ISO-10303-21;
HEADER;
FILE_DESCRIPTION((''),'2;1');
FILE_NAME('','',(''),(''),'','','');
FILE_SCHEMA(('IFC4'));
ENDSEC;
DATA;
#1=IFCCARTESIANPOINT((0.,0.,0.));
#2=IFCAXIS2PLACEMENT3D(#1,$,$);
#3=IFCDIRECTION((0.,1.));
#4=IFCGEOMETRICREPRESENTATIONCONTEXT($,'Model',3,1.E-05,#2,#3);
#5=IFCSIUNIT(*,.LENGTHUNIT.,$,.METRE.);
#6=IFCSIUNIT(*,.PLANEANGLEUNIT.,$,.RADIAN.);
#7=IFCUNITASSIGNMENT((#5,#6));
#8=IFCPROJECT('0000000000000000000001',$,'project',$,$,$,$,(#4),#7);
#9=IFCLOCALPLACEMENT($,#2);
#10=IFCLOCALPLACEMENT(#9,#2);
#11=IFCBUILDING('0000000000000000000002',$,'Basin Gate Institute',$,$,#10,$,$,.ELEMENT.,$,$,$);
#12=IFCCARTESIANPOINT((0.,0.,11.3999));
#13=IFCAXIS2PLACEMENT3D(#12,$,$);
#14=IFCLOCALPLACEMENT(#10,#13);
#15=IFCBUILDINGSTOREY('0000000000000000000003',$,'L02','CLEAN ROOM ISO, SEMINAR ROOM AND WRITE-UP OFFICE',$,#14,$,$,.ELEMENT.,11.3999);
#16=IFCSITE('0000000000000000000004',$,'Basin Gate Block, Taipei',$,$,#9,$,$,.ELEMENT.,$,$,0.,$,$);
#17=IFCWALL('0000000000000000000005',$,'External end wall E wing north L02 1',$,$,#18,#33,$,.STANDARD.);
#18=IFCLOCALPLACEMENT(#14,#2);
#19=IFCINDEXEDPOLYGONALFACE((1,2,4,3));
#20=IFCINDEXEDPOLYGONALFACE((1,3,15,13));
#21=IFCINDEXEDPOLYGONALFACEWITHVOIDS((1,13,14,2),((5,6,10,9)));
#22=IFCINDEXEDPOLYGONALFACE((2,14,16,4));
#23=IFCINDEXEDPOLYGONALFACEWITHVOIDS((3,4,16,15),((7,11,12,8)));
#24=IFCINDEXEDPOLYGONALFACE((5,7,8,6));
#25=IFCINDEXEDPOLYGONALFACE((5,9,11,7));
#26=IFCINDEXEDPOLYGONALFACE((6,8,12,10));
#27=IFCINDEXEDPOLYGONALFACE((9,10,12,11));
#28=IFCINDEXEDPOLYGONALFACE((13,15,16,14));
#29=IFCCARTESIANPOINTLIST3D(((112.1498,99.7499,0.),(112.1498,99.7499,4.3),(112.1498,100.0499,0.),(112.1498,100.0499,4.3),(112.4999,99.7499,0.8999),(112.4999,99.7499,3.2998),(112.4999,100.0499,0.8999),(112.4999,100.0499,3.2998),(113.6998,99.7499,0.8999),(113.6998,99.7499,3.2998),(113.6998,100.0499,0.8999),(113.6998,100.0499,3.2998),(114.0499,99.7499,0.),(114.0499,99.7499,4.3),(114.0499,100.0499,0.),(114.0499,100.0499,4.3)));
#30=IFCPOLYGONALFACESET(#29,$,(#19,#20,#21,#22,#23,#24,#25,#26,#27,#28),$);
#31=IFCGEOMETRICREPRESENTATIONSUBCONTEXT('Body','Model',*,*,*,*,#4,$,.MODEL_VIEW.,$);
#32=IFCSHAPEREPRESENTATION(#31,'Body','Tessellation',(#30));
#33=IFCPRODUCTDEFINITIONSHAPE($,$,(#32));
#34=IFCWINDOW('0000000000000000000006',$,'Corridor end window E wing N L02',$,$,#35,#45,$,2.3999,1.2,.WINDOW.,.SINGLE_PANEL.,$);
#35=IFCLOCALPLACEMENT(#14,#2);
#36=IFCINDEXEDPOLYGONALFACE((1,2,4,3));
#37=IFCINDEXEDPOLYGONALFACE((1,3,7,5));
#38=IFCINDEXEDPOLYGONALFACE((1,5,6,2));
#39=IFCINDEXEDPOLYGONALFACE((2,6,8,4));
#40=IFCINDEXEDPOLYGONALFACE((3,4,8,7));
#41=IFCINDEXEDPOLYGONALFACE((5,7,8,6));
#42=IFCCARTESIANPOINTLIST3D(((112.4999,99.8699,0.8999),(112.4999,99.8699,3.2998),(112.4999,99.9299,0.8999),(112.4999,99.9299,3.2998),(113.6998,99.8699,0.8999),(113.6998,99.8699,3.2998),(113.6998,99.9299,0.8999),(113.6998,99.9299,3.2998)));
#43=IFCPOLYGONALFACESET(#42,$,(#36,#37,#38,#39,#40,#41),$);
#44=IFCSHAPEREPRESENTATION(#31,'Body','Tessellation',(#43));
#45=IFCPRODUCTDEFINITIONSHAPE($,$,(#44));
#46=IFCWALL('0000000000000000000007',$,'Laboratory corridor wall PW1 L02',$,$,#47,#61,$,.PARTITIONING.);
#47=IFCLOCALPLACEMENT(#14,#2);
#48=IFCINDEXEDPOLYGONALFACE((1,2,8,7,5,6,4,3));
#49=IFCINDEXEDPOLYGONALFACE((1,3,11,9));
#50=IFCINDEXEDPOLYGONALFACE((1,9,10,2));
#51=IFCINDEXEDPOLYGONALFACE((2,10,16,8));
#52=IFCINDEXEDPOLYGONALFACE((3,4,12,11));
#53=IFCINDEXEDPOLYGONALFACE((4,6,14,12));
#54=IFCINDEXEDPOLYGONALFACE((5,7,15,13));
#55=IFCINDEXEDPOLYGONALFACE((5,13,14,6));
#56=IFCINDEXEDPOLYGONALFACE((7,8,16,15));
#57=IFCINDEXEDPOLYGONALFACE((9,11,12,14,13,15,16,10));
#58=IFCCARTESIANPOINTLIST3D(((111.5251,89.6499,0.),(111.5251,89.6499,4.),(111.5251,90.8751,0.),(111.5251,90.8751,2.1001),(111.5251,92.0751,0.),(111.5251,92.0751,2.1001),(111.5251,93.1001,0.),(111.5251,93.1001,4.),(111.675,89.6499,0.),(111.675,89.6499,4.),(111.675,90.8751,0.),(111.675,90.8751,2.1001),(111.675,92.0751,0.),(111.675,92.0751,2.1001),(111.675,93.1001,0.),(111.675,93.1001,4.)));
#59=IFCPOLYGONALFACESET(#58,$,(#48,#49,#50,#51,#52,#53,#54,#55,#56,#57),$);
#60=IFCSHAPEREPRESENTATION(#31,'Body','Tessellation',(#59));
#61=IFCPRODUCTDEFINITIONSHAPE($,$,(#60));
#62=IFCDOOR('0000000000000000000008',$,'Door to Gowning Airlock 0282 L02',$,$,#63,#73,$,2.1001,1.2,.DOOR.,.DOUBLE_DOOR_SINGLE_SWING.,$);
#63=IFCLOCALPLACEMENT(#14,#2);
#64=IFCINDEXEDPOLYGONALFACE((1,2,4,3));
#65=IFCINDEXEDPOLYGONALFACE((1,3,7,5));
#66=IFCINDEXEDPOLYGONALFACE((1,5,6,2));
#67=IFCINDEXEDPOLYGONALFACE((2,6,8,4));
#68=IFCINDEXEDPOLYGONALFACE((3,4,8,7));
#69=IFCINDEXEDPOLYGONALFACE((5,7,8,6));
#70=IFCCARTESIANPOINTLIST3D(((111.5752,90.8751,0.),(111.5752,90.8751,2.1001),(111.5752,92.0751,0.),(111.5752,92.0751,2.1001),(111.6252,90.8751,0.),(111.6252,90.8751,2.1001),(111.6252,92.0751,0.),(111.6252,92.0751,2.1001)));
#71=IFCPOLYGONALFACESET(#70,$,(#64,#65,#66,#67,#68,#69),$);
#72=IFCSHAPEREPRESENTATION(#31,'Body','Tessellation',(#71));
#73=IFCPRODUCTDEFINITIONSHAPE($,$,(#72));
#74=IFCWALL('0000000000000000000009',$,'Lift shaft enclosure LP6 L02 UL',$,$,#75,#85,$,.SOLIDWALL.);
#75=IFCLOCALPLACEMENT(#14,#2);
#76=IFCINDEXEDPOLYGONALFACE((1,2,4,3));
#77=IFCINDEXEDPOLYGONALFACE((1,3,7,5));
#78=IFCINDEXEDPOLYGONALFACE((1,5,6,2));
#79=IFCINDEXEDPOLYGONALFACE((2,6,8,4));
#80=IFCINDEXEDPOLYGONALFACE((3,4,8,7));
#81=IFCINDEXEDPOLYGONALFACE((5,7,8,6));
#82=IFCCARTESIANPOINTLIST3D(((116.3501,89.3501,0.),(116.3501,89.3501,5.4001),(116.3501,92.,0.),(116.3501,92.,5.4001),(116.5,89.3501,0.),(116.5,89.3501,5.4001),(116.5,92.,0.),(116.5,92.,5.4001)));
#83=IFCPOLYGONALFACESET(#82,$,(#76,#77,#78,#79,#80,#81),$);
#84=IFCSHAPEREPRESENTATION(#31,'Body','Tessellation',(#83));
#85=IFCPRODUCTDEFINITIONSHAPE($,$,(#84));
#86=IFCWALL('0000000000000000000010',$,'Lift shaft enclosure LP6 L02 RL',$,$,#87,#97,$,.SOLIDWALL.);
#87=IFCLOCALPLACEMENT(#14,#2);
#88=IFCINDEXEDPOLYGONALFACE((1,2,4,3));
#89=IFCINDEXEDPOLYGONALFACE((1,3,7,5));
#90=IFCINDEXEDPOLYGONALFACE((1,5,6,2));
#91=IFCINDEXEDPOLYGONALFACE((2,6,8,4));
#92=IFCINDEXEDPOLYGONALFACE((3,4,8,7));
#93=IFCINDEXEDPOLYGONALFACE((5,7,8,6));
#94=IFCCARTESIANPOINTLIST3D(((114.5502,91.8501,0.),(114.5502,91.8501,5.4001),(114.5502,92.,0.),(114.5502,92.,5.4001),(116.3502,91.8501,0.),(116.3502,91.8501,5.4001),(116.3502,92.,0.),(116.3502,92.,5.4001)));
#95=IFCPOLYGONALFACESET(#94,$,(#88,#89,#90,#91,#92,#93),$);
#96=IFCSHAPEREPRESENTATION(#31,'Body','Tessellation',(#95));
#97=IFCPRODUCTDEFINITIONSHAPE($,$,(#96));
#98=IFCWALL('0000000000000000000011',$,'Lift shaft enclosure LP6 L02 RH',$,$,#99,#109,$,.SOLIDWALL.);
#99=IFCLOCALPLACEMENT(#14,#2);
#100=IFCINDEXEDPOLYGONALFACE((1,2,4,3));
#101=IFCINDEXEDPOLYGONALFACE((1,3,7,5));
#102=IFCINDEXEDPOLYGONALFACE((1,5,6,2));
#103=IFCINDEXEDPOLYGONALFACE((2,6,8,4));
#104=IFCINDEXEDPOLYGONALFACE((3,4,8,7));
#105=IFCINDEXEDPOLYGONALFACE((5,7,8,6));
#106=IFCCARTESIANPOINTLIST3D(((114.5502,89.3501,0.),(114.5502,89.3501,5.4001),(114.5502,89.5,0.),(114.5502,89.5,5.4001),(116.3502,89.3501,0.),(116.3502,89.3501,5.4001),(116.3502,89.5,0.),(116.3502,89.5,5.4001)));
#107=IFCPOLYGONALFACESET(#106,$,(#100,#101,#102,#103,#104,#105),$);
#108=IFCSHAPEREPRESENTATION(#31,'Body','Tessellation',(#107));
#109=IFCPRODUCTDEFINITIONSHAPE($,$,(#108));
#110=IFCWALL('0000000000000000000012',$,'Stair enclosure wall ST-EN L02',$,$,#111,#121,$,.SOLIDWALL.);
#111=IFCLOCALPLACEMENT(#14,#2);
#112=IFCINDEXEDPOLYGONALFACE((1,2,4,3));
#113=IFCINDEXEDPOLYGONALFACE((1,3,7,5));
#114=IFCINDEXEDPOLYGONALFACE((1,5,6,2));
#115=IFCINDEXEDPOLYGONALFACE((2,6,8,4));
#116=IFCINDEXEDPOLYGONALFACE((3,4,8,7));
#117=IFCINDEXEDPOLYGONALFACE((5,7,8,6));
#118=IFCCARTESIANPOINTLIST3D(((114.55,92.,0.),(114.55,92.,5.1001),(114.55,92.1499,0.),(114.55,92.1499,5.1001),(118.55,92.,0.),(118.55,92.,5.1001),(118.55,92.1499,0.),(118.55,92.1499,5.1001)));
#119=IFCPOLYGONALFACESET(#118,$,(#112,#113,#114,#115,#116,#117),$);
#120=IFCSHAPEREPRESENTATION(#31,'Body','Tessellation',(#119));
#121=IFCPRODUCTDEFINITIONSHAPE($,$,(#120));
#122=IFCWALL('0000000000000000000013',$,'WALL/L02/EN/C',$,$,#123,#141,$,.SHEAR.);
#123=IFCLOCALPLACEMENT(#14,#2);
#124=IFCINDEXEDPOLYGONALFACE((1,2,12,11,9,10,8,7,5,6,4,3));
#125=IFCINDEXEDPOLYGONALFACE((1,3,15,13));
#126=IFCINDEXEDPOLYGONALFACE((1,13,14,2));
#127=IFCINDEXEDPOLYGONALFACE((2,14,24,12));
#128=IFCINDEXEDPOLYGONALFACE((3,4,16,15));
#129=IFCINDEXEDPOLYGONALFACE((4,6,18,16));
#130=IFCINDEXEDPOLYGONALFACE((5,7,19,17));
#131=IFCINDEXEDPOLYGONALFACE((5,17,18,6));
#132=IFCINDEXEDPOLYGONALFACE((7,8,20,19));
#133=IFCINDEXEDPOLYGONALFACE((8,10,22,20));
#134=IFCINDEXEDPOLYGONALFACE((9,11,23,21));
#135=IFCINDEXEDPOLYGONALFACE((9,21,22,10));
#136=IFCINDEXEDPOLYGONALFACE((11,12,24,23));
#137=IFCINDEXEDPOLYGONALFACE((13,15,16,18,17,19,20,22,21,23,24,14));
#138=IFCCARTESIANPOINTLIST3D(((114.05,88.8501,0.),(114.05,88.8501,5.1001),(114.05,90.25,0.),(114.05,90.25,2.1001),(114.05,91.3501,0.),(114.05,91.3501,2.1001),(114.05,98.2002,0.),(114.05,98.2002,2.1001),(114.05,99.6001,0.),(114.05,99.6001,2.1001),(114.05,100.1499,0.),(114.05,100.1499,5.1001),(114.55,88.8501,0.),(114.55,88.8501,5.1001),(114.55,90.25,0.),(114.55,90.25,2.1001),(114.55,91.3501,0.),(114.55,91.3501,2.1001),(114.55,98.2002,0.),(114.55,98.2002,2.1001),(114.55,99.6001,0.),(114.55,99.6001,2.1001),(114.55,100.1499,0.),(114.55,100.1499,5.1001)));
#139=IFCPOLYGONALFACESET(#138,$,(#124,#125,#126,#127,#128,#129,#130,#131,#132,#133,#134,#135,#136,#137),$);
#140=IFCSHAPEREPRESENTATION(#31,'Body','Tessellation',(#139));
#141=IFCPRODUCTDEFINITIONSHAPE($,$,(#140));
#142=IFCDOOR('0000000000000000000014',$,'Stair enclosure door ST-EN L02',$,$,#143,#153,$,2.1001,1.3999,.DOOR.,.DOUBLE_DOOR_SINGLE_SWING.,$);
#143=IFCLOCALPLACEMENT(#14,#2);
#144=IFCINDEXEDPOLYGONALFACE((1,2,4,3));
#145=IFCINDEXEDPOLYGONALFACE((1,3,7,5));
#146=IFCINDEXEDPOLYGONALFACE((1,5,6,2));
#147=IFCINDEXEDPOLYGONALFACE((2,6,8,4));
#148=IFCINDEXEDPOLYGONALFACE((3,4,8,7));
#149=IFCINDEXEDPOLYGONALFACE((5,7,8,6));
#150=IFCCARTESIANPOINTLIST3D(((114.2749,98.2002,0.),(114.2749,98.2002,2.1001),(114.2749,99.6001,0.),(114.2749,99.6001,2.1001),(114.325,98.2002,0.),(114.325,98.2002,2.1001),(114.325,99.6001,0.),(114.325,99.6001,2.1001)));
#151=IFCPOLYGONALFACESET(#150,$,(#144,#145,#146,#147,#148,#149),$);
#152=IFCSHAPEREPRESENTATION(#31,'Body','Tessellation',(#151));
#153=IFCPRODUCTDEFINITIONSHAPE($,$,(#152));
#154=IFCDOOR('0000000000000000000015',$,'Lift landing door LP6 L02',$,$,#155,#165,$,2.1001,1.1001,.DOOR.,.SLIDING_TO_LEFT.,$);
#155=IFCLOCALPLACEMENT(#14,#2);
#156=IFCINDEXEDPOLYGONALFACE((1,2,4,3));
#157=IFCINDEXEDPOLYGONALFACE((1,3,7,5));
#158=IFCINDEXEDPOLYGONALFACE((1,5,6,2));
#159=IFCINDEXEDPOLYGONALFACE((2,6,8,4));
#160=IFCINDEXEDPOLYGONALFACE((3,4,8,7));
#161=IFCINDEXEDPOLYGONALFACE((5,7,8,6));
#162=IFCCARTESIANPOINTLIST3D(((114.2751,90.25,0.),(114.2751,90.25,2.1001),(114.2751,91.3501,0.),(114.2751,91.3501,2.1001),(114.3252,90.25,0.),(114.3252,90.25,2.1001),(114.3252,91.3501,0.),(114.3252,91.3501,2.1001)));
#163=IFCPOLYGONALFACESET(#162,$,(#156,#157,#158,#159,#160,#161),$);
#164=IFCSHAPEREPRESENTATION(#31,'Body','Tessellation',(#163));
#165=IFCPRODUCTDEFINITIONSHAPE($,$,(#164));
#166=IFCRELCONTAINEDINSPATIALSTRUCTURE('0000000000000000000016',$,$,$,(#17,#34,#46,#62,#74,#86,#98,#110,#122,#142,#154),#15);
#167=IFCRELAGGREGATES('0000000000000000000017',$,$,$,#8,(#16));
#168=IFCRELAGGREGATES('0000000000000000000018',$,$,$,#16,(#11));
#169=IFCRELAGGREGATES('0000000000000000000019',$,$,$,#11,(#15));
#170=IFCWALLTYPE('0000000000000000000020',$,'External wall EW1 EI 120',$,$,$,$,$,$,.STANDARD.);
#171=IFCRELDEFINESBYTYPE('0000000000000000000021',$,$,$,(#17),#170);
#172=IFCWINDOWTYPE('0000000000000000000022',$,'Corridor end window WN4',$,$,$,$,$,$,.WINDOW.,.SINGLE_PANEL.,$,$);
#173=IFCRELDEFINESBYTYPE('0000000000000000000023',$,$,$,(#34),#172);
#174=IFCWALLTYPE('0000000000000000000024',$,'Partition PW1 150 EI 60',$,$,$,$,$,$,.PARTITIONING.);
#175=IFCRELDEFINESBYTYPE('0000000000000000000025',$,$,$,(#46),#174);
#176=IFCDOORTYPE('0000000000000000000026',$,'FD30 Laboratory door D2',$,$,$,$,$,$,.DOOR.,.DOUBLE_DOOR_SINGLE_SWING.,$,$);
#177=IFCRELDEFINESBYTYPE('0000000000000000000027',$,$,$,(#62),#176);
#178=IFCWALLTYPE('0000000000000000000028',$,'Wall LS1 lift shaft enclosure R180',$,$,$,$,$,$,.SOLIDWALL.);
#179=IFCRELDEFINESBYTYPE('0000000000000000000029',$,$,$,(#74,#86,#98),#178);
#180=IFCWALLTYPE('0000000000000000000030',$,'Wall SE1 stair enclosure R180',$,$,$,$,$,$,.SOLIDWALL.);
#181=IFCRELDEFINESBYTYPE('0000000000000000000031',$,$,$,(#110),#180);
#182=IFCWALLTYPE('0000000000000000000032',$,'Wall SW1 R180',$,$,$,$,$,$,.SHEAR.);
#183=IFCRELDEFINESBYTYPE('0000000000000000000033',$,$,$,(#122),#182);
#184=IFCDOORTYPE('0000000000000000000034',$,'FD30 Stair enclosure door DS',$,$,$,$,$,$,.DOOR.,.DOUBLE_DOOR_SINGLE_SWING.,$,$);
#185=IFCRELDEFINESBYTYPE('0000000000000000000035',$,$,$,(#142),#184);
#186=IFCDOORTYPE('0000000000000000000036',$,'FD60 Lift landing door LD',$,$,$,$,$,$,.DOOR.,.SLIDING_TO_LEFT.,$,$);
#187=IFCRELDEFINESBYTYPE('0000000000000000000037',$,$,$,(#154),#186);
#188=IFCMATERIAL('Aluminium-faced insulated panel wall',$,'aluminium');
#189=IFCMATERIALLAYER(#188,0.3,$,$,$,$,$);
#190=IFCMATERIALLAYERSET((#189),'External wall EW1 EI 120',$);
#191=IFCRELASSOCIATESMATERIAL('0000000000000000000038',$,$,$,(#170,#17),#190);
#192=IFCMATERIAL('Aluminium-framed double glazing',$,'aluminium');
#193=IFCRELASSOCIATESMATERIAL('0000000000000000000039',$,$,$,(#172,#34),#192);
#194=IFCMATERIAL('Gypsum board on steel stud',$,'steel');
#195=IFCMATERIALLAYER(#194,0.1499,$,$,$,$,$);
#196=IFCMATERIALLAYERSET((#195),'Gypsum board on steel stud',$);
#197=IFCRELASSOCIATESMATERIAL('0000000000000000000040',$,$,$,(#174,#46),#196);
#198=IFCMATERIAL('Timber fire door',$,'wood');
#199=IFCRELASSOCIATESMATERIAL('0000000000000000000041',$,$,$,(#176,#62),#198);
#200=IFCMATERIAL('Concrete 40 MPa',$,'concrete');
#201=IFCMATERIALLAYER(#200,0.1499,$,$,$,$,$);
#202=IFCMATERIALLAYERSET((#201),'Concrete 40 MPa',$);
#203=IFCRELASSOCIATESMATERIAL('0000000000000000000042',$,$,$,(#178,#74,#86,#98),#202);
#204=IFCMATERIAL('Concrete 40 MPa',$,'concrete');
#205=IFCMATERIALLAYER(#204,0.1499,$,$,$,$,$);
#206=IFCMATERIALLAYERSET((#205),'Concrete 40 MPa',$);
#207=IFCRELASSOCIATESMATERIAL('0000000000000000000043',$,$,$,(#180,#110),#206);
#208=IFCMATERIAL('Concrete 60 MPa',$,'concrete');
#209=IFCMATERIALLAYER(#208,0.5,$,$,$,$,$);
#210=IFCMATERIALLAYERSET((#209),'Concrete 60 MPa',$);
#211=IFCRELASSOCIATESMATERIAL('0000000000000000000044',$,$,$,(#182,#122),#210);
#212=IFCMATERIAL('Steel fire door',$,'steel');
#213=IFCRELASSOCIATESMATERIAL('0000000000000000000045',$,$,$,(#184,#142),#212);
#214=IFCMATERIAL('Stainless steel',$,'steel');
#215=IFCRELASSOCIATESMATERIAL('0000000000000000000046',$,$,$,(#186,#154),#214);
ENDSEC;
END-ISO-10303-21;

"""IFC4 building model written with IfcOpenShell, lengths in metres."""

from ifc_helpers import new_model, si_unit, direction, frame, frame_2d, origin, place, context, subcontext, project, spatial, rectangle, extrude, material, layer, layer_set, type_object, element, fill, save


model = new_model("IFC4")

# Units and contexts
model_context = context("Model", 3, precision=1e-05, world=origin(), true_north=direction((0.0, 1.0)))
body_context = subcontext(model_context, "Body", "Model", "MODEL_VIEW")
ifc_project = project(units=[si_unit("LENGTHUNIT", "METRE"), si_unit("PLANEANGLEUNIT", "RADIAN")], contexts=[model_context])

# Site, building, storey
site_placement = place(None, origin())
site = spatial("IfcSite", under=ifc_project, at=site_placement, Name="Basin Gate Block, Taipei", CompositionType="ELEMENT", RefElevation=0.0)
building_placement = place(site_placement, origin())
building = spatial("IfcBuilding", under=site, at=building_placement, Name="Basin Gate Institute", CompositionType="ELEMENT")
storey_placement = place(building_placement, frame((0.0, 0.0, 11.3999)))
storey = spatial("IfcBuildingStorey", under=building, at=storey_placement, Name="L02", Description="CLEAN ROOM ISO, SEMINAR ROOM AND WRITE-UP OFFICE", CompositionType="ELEMENT", Elevation=11.3999)

# Wall, opening, window
ifc_material_1 = material(Name="Aluminium-faced insulated panel wall", Category="aluminium")
ifc_layer_1 = layer(ifc_material_1, 0.3)
ifc_layer_set_1 = layer_set([ifc_layer_1], Name="External wall EW1 EI 120")
wall_type_1 = type_object("IfcWallType", Name="External wall EW1 EI 120", PredefinedType="STANDARD", material=ifc_layer_set_1)
wall_1_placement = place(storey_placement, frame((114.05, 99.8999, 0.0), z_axis=(0.0, 0.0, 1.0), x_axis=(-1.0, 0.0, 0.0)))
wall_1 = element("IfcWall", 1, at=wall_1_placement, inside=storey, type_object=wall_type_1, material=ifc_layer_set_1, Name="External end wall E wing north L02 1", PredefinedType="STANDARD", context=body_context, shape_type="SweptSolid", body=[
    extrude(rectangle(XDim=1.9001, YDim=0.3, at=frame_2d((0.9502, 0.0))), origin(), (0.0, 0.0, 1.0), 4.3),
])
opening_1_placement = place(wall_1_placement, frame((0.3501, 0.0, 0.8999)))
opening_1 = element("IfcOpeningElement", 2, at=opening_1_placement, cuts=wall_1, PredefinedType="OPENING", context=body_context, shape_type="SweptSolid", body=[
    extrude(rectangle(XDim=1.2, YDim=2.3999, at=frame_2d((0.6001, 1.2))), frame((0.0, 0.1602, 0.0), z_axis=(0.0, -1.0, 0.0), x_axis=(1.0, 0.0, 0.0)), (0.0, 0.0, 1.0), 0.3201),
])
ifc_material_2 = material(Name="Aluminium-framed double glazing", Category="aluminium")
window_type = type_object("IfcWindowType", Name="Corridor end window WN4", PartitioningType="SINGLE_PANEL", PredefinedType="WINDOW", material=ifc_material_2)
window_placement = place(opening_1_placement, origin())
window = element("IfcWindow", 3, at=window_placement, inside=storey, type_object=window_type, material=ifc_material_2, Name="Corridor end window E wing N L02", OverallHeight=2.3999, OverallWidth=1.2, PartitioningType="SINGLE_PANEL", PredefinedType="WINDOW", context=body_context, shape_type="SweptSolid", body=[
    extrude(rectangle(XDim=1.2, YDim=2.3999, at=frame_2d((0.6001, 1.2))), frame((0.0, 0.03, 0.0), z_axis=(0.0, -1.0, 0.0), x_axis=(1.0, 0.0, 0.0)), (0.0, 0.0, 1.0), 0.0601),
])
fill(opening_1, window)

# Wall, opening, door
ifc_material_3 = material(Name="Gypsum board on steel stud", Category="steel")
ifc_layer_2 = layer(ifc_material_3, 0.1499)
ifc_layer_set_2 = layer_set([ifc_layer_2], Name="Gypsum board on steel stud")
wall_type_2 = type_object("IfcWallType", Name="Partition PW1 150 EI 60", PredefinedType="PARTITIONING", material=ifc_layer_set_2)
wall_2_placement = place(storey_placement, frame((111.6001, 89.6499, 0.0), z_axis=(0.0, 0.0, 1.0), x_axis=(0.0, 1.0, 0.0)))
wall_2 = element("IfcWall", 4, at=wall_2_placement, inside=storey, type_object=wall_type_2, material=ifc_layer_set_2, Name="Laboratory corridor wall PW1 L02", PredefinedType="PARTITIONING", context=body_context, shape_type="SweptSolid", body=[
    extrude(rectangle(XDim=3.4502, YDim=0.1499, at=frame_2d((1.7251, 0.0))), origin(), (0.0, 0.0, 1.0), 4.0),
])
opening_2_placement = place(wall_2_placement, frame((1.2251, 0.0, 0.0)))
opening_2 = element("IfcOpeningElement", 5, at=opening_2_placement, cuts=wall_2, PredefinedType="OPENING", context=body_context, shape_type="SweptSolid", body=[
    extrude(rectangle(XDim=1.2, YDim=2.1001, at=frame_2d((0.6001, 1.05))), frame((0.0, 0.085, 0.0), z_axis=(0.0, -1.0, 0.0), x_axis=(1.0, 0.0, 0.0)), (0.0, 0.0, 1.0), 0.1699),
])
ifc_material_4 = material(Name="Timber fire door", Category="wood")
door_type_1 = type_object("IfcDoorType", Name="FD30 Laboratory door D2", OperationType="DOUBLE_DOOR_SINGLE_SWING", PredefinedType="DOOR", material=ifc_material_4)
door_1_placement = place(opening_2_placement, origin())
door_1 = element("IfcDoor", 6, at=door_1_placement, inside=storey, type_object=door_type_1, material=ifc_material_4, Name="Door to Gowning Airlock 0282 L02", OperationType="DOUBLE_DOOR_SINGLE_SWING", OverallHeight=2.1001, OverallWidth=1.2, PredefinedType="DOOR", context=body_context, shape_type="SweptSolid", body=[
    extrude(rectangle(XDim=1.2, YDim=2.1001, at=frame_2d((0.6001, 1.05))), frame((0.0, 0.0249, 0.0), z_axis=(0.0, -1.0, 0.0), x_axis=(1.0, 0.0, 0.0)), (0.0, 0.0, 1.0), 0.05),
])
fill(opening_2, door_1)

# Walls
ifc_material_5 = material(Name="Concrete 40 MPa", Category="concrete")
ifc_layer_3 = layer(ifc_material_5, 0.1499)
ifc_layer_set_3 = layer_set([ifc_layer_3], Name="Concrete 40 MPa")
wall_type_3 = type_object("IfcWallType", Name="Wall LS1 lift shaft enclosure R180", PredefinedType="SOLIDWALL", material=ifc_layer_set_3)
wall_3_placement = place(storey_placement, frame((116.425, 92.0, 0.0), z_axis=(0.0, 0.0, 1.0), x_axis=(0.0, -1.0, 0.0)))
element("IfcWall", 7, at=wall_3_placement, inside=storey, type_object=wall_type_3, material=ifc_layer_set_3, Name="Lift shaft enclosure LP6 L02 UL", PredefinedType="SOLIDWALL", context=body_context, shape_type="SweptSolid", body=[
    extrude(rectangle(XDim=2.6499, YDim=0.1499, at=frame_2d((1.325, 0.0))), origin(), (0.0, 0.0, 1.0), 5.4001),
])
for number, where, z_axis, x_axis, name in (
    (8, (116.3501, 91.925, 0.0), (0.0, 0.0, 1.0), (-1.0, 0.0, 0.0), "Lift shaft enclosure LP6 L02 RL"),
    (9, (116.3501, 89.425, 0.0), (0.0, 0.0, 1.0), (-1.0, 0.0, 0.0), "Lift shaft enclosure LP6 L02 RH"),
):
    element("IfcWall", number, at=place(storey_placement, frame(where, z_axis=z_axis, x_axis=x_axis)), inside=storey, type_object=wall_type_3, material=ifc_layer_set_3, Name=name, PredefinedType="SOLIDWALL", context=body_context, shape_type="SweptSolid", body=[
        extrude(rectangle(XDim=1.8, YDim=0.1499, at=frame_2d((0.8999, 0.0))), origin(), (0.0, 0.0, 1.0), 5.4001),
    ])
ifc_material_6 = material(Name="Concrete 40 MPa", Category="concrete")
ifc_layer_4 = layer(ifc_material_6, 0.1499)
ifc_layer_set_4 = layer_set([ifc_layer_4], Name="Concrete 40 MPa")
wall_type_4 = type_object("IfcWallType", Name="Wall SE1 stair enclosure R180", PredefinedType="SOLIDWALL", material=ifc_layer_set_4)
wall_4_placement = place(storey_placement, frame((118.55, 92.075, 0.0), z_axis=(0.0, 0.0, 1.0), x_axis=(-1.0, 0.0, 0.0)))
element("IfcWall", 10, at=wall_4_placement, inside=storey, type_object=wall_type_4, material=ifc_layer_set_4, Name="Stair enclosure wall ST-EN L02", PredefinedType="SOLIDWALL", context=body_context, shape_type="SweptSolid", body=[
    extrude(rectangle(XDim=4.0, YDim=0.1499, at=frame_2d((2.0, 0.0))), origin(), (0.0, 0.0, 1.0), 5.1001),
])

# Wall, openings, doors
ifc_material_7 = material(Name="Concrete 60 MPa", Category="concrete")
ifc_layer_5 = layer(ifc_material_7, 0.5)
ifc_layer_set_5 = layer_set([ifc_layer_5], Name="Concrete 60 MPa")
wall_type_5 = type_object("IfcWallType", Name="Wall SW1 R180", PredefinedType="SHEAR", material=ifc_layer_set_5)
wall_5_placement = place(storey_placement, frame((114.3, 88.8501, 0.0), z_axis=(0.0, 0.0, 1.0), x_axis=(0.0, 1.0, 0.0)))
wall_5 = element("IfcWall", 11, at=wall_5_placement, inside=storey, type_object=wall_type_5, material=ifc_layer_set_5, Name="WALL/L02/EN/C", PredefinedType="SHEAR", context=body_context, shape_type="SweptSolid", body=[
    extrude(rectangle(XDim=11.2998, YDim=0.5, at=frame_2d((5.6499, 0.0))), origin(), (0.0, 0.0, 1.0), 5.1001),
])
opening_3_placement = place(wall_5_placement, frame((9.3501, 0.0, 0.0)))
opening_3 = element("IfcOpeningElement", 12, at=opening_3_placement, cuts=wall_5, PredefinedType="OPENING", context=body_context, shape_type="SweptSolid", body=[
    extrude(rectangle(XDim=1.3999, YDim=2.1001, at=frame_2d((0.7, 1.05))), frame((0.0, 0.26, 0.0), z_axis=(0.0, -1.0, 0.0), x_axis=(1.0, 0.0, 0.0)), (0.0, 0.0, 1.0), 0.52),
])
opening_4_placement = place(wall_5_placement, frame((1.3999, 0.0, 0.0)))
opening_4 = element("IfcOpeningElement", 13, at=opening_4_placement, cuts=wall_5, PredefinedType="OPENING", context=body_context, shape_type="SweptSolid", body=[
    extrude(rectangle(XDim=1.1001, YDim=2.1001, at=frame_2d((0.55, 1.05))), frame((0.0, 0.26, 0.0), z_axis=(0.0, -1.0, 0.0), x_axis=(1.0, 0.0, 0.0)), (0.0, 0.0, 1.0), 0.52),
])
ifc_material_8 = material(Name="Steel fire door", Category="steel")
door_type_2 = type_object("IfcDoorType", Name="FD30 Stair enclosure door DS", OperationType="DOUBLE_DOOR_SINGLE_SWING", PredefinedType="DOOR", material=ifc_material_8)
door_2_placement = place(opening_3_placement, frame((1.3999, 0.0, 0.0), z_axis=(0.0, 0.0, 1.0), x_axis=(-1.0, 0.0, 0.0)))
door_2 = element("IfcDoor", 14, at=door_2_placement, inside=storey, type_object=door_type_2, material=ifc_material_8, Name="Stair enclosure door ST-EN L02", OperationType="DOUBLE_DOOR_SINGLE_SWING", OverallHeight=2.1001, OverallWidth=1.3999, PredefinedType="DOOR", context=body_context, shape_type="SweptSolid", body=[
    extrude(rectangle(XDim=1.3999, YDim=2.1001, at=frame_2d((0.7, 1.05))), frame((0.0, 0.0249, 0.0), z_axis=(0.0, -1.0, 0.0), x_axis=(1.0, 0.0, 0.0)), (0.0, 0.0, 1.0), 0.05),
])
fill(opening_3, door_2)
ifc_material_9 = material(Name="Stainless steel", Category="steel")
door_type_3 = type_object("IfcDoorType", Name="FD60 Lift landing door LD", OperationType="SLIDING_TO_LEFT", PredefinedType="DOOR", material=ifc_material_9)
door_3_placement = place(opening_4_placement, origin())
door_3 = element("IfcDoor", 15, at=door_3_placement, inside=storey, type_object=door_type_3, material=ifc_material_9, Name="Lift landing door LP6 L02", OperationType="SLIDING_TO_LEFT", OverallHeight=2.1001, OverallWidth=1.1001, PredefinedType="DOOR", context=body_context, shape_type="SweptSolid", body=[
    extrude(rectangle(XDim=1.1001, YDim=2.1001, at=frame_2d((0.55, 1.05))), frame((0.0, 0.0249, 0.0), z_axis=(0.0, -1.0, 0.0), x_axis=(1.0, 0.0, 0.0)), (0.0, 0.0, 1.0), 0.05),
])
fill(opening_4, door_3)

save(model, "model.ifc")
